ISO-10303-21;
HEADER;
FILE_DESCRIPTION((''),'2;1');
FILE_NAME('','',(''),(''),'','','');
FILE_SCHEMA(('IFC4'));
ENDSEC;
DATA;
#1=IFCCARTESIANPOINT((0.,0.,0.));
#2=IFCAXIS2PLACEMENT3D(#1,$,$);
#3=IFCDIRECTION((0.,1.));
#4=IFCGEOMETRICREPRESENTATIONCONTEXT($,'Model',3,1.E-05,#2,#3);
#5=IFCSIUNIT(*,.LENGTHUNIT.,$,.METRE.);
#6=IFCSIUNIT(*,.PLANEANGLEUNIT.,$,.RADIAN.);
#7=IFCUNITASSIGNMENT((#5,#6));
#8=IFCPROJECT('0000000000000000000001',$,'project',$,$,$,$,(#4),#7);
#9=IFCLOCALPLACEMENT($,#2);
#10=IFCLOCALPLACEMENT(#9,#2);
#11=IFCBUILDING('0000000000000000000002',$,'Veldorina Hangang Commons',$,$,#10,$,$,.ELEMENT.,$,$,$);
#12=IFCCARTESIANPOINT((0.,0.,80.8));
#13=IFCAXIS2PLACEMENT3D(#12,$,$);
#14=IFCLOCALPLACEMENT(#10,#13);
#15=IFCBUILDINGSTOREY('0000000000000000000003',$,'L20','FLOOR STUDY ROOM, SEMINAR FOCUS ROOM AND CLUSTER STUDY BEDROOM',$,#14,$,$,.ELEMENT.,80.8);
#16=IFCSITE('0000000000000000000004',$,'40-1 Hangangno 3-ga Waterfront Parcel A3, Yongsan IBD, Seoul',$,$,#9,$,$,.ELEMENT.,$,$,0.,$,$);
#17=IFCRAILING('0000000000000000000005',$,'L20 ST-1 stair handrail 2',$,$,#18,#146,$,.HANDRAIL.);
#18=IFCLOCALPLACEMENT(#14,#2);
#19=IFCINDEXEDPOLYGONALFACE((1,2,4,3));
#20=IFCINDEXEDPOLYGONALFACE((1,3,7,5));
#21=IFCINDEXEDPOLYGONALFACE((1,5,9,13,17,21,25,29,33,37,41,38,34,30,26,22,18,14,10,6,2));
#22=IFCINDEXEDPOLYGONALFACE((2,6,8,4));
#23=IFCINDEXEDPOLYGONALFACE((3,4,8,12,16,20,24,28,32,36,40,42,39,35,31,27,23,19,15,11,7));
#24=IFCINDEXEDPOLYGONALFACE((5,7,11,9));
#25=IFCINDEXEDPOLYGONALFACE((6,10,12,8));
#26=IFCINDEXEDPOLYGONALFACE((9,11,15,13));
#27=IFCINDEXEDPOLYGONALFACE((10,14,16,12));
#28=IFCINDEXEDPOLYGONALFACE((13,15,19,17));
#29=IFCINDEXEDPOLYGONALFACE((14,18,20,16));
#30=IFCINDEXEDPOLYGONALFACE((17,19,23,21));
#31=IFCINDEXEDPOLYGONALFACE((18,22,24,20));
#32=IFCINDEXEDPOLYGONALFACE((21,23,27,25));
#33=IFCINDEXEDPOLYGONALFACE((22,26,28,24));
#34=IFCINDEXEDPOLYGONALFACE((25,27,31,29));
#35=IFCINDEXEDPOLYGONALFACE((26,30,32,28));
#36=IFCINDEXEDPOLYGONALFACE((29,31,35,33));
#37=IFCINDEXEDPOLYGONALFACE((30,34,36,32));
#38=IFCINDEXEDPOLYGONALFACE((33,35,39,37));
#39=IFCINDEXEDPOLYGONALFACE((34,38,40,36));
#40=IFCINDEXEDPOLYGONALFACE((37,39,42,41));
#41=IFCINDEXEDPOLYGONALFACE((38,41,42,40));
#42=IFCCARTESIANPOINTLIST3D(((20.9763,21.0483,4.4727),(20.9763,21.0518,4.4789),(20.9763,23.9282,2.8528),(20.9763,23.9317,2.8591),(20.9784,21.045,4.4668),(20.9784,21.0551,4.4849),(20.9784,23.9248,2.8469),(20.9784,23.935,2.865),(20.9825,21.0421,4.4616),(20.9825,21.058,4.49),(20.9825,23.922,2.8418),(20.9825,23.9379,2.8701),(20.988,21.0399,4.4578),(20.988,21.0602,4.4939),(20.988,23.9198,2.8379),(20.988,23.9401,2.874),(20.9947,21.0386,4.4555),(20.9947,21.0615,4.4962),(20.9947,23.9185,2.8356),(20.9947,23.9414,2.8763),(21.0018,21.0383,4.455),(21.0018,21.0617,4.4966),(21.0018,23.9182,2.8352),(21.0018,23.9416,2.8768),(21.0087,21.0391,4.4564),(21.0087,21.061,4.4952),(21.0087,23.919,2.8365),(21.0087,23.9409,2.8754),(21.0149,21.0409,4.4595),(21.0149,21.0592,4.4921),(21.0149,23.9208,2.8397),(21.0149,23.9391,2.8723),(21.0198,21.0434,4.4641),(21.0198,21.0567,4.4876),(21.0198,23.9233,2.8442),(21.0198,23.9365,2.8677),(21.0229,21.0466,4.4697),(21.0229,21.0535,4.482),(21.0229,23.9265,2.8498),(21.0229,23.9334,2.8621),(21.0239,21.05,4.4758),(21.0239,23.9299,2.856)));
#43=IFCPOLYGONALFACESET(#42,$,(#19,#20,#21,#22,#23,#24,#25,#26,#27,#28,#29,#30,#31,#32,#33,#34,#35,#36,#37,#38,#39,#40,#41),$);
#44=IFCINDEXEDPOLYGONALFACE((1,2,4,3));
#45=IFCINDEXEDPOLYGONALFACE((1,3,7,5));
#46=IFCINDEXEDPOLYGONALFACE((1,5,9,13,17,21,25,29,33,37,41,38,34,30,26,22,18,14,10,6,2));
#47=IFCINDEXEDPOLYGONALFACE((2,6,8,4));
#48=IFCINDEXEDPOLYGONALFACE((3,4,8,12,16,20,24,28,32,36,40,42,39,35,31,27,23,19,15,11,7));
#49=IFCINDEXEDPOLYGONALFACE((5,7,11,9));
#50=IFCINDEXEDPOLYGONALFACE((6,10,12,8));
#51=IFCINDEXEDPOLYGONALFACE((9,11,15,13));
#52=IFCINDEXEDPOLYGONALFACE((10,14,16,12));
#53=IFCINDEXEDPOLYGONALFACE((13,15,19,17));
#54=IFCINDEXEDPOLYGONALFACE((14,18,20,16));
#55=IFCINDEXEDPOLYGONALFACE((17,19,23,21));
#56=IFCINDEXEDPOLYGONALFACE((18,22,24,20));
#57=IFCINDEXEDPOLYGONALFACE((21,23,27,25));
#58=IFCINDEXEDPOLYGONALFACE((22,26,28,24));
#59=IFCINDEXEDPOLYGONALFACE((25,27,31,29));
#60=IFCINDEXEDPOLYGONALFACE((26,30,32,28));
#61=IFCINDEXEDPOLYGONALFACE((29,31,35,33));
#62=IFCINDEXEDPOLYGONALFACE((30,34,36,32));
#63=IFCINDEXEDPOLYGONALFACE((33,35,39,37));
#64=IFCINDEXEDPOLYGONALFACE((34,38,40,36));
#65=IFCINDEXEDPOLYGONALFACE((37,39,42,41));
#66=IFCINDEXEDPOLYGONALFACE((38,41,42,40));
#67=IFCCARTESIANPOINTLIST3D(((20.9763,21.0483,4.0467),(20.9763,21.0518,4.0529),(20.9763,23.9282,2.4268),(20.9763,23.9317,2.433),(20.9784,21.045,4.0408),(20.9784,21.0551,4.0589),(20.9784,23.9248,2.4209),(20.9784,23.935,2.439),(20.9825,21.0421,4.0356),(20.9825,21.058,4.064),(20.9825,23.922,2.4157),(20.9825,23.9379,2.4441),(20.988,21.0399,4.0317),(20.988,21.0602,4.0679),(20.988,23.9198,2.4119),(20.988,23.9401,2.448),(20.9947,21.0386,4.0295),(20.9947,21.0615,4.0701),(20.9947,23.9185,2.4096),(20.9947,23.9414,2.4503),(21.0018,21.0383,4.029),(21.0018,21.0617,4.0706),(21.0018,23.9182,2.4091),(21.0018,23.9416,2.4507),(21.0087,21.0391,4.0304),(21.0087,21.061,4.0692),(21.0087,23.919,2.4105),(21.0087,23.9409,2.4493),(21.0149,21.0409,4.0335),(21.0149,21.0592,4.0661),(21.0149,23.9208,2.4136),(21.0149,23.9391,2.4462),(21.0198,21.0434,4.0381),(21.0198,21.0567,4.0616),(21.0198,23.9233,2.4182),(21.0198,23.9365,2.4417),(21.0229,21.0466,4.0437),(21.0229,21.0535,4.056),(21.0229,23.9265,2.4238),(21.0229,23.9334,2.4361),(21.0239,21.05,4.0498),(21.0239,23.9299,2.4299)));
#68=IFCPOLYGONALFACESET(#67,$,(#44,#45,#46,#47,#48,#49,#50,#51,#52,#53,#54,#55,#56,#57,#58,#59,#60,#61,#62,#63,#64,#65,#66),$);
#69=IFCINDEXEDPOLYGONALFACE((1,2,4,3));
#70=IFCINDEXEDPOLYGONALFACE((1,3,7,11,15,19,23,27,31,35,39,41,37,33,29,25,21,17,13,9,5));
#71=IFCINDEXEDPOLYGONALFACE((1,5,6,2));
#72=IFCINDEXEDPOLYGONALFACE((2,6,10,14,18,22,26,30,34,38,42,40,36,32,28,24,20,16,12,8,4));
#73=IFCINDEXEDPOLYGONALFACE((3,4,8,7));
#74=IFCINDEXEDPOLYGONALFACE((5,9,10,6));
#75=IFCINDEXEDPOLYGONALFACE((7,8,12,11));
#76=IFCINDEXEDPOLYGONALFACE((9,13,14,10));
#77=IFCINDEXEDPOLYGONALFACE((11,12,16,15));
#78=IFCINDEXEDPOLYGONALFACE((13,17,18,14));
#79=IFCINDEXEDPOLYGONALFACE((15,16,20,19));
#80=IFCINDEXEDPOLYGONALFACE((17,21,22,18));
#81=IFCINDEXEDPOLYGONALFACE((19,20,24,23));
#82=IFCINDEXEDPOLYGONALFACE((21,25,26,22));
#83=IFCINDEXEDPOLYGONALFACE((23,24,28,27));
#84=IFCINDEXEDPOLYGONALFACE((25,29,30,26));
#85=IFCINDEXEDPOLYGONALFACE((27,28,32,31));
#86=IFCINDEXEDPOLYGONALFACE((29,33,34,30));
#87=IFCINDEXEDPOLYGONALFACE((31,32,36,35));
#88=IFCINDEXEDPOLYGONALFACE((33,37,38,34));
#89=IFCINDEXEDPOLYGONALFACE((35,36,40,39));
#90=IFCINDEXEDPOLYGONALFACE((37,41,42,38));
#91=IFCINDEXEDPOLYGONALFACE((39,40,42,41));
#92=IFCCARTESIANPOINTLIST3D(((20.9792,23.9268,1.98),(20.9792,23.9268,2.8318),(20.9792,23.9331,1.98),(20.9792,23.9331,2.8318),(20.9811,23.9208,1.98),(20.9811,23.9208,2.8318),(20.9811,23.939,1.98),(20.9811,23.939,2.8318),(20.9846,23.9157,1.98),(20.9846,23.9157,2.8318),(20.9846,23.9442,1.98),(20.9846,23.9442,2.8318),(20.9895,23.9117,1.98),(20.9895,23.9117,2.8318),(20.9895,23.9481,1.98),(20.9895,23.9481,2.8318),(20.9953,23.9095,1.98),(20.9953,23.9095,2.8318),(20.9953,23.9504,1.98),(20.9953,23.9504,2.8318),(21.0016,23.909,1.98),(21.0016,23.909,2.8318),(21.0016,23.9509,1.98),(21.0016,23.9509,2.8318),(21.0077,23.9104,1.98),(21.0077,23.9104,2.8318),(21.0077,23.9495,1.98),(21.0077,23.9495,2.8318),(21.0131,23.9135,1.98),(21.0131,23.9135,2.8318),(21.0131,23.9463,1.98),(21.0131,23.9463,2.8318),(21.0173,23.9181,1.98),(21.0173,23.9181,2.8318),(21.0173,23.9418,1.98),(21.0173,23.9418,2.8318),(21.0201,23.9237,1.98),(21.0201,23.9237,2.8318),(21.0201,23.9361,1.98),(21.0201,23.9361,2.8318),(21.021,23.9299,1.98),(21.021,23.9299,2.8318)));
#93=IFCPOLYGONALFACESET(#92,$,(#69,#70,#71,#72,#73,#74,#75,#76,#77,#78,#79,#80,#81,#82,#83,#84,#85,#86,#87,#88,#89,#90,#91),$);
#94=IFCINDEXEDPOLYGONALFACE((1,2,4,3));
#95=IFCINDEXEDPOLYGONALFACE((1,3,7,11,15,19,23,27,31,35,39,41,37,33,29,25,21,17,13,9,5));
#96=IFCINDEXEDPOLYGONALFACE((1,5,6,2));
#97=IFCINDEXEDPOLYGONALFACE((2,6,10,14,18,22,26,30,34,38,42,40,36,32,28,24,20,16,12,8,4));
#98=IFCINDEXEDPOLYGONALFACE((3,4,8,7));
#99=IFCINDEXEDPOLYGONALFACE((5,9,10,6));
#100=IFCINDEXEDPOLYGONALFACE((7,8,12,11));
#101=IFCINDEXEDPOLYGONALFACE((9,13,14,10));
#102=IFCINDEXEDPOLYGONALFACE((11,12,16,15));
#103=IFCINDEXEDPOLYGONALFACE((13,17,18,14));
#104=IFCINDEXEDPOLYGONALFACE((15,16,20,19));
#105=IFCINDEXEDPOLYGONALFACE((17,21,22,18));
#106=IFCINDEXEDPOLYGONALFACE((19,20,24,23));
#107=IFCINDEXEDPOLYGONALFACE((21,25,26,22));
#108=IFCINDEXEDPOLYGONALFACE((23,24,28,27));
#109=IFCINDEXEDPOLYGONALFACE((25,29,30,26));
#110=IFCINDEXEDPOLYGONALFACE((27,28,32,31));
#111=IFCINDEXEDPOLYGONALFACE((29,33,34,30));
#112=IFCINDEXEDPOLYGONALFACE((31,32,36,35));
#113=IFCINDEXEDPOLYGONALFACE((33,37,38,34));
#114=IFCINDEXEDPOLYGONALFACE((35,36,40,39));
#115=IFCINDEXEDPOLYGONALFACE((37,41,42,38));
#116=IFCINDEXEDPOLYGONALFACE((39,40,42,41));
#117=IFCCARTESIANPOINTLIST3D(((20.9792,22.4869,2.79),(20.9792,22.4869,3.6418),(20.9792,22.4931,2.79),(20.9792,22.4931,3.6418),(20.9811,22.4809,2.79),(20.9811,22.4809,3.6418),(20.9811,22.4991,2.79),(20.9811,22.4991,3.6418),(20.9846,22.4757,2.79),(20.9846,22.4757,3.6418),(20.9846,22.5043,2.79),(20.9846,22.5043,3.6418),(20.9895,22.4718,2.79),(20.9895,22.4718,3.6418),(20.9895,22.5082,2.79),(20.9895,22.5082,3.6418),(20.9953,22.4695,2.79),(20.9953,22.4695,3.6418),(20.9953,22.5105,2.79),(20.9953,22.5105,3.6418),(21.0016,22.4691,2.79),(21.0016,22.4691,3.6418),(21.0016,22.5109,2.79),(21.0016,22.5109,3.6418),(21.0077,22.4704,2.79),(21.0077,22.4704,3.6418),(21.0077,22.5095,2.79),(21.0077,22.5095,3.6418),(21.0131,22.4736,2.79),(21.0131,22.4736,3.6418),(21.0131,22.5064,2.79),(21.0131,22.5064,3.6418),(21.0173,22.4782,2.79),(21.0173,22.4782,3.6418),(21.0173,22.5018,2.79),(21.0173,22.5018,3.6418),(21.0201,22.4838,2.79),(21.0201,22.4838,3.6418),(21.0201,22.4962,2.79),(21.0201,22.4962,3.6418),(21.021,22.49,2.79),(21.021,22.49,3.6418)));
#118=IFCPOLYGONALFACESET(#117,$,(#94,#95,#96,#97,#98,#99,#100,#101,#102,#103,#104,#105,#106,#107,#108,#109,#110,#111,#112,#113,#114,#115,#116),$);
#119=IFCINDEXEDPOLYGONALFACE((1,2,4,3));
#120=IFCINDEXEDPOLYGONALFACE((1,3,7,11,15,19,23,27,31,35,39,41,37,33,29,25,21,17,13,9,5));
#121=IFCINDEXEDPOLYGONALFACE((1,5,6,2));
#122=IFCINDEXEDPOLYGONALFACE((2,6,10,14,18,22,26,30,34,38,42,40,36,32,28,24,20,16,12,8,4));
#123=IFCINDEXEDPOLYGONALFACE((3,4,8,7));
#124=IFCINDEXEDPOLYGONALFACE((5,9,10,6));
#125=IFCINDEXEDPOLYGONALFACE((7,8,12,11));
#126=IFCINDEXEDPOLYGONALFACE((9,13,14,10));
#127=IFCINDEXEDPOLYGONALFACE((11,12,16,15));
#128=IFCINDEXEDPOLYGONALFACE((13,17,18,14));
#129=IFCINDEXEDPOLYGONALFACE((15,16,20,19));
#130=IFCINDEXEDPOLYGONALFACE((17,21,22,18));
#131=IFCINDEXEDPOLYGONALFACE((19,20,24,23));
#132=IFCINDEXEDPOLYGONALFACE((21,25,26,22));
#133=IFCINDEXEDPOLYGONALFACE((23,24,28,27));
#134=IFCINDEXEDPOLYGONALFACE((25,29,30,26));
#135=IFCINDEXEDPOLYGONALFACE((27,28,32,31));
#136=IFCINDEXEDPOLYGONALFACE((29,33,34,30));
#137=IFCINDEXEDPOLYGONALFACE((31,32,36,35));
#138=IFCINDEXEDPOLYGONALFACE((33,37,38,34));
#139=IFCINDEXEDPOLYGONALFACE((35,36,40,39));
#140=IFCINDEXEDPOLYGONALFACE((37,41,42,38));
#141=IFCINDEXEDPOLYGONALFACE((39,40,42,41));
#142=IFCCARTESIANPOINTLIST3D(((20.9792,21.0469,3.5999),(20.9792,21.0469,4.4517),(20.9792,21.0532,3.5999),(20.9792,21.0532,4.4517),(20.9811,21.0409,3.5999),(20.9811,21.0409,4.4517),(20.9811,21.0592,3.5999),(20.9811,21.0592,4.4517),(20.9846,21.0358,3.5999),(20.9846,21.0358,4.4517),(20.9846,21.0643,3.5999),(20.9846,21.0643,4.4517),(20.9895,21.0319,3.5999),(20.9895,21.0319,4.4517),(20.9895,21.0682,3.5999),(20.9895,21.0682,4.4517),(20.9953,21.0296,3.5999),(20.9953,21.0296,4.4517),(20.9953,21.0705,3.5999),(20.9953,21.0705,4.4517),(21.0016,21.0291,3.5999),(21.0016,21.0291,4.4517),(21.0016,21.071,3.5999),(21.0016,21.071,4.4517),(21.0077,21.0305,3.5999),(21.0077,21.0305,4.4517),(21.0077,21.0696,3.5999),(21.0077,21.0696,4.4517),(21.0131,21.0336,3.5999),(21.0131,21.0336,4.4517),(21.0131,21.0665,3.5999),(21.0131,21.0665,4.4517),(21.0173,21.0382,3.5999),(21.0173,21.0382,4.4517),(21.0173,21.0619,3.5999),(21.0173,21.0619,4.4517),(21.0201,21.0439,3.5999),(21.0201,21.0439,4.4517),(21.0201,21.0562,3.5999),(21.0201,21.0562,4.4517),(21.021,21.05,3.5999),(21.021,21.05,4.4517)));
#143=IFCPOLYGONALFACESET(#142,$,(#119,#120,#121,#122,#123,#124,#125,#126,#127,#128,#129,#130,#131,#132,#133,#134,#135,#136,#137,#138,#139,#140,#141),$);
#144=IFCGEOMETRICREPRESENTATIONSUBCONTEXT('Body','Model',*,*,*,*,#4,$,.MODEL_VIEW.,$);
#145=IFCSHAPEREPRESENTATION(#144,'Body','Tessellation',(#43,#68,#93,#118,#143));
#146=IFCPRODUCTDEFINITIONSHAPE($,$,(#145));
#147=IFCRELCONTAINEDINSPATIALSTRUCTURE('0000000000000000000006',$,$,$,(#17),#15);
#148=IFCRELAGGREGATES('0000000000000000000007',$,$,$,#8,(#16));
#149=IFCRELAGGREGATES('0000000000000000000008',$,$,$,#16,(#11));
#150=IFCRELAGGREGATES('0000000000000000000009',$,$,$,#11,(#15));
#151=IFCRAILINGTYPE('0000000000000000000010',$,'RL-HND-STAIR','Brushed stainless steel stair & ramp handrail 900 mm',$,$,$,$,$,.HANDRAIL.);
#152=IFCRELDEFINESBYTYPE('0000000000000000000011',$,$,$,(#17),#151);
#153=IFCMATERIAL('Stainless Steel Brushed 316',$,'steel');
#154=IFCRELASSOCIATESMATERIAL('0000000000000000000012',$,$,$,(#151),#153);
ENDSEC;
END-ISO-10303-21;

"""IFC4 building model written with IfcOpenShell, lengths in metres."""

from ifc_helpers import new_model, si_unit, direction, frame, origin, origin_2d, place, context, subcontext, project, spatial, circle, extrude, material, type_object, element, save


model = new_model("IFC4")

# Units and contexts
model_context = context("Model", 3, precision=1e-05, world=origin(), true_north=direction((0.0, 1.0)))
body_context = subcontext(model_context, "Body", "Model", "MODEL_VIEW")
ifc_project = project(units=[si_unit("LENGTHUNIT", "METRE"), si_unit("PLANEANGLEUNIT", "RADIAN")], contexts=[model_context])

# Site, building, storey
site_placement = place(None, origin())
site = spatial("IfcSite", under=ifc_project, at=site_placement, Name="40-1 Hangangno 3-ga Waterfront Parcel A3, Yongsan IBD, Seoul", CompositionType="ELEMENT", RefElevation=0.0)
building_placement = place(site_placement, origin())
building = spatial("IfcBuilding", under=site, at=building_placement, Name="Veldorina Hangang Commons", CompositionType="ELEMENT")
storey_placement = place(building_placement, frame((0.0, 0.0, 80.8)))
storey = spatial("IfcBuildingStorey", under=building, at=storey_placement, Name="L20", Description="FLOOR STUDY ROOM, SEMINAR FOCUS ROOM AND CLUSTER STUDY BEDROOM", CompositionType="ELEMENT", Elevation=80.8)

# Railing
ifc_material_1 = material(Name="Stainless Steel Brushed 316", Category="steel")
railing_type_1 = type_object("IfcRailingType", Name="RL-HND-STAIR", Description="Brushed stainless steel stair & ramp handrail 900 mm", PredefinedType="HANDRAIL", material=ifc_material_1)
railing_1_placement = place(storey_placement, frame((21.0, 23.9299, 1.98)))
element("IfcRailing", 1, at=railing_1_placement, inside=storey, type_object=railing_type_1, Name="L20 ST-1 stair handrail 2", PredefinedType="HANDRAIL", context=body_context, shape_type="SweptSolid", body=[
    extrude(circle(Radius=0.0239, at=origin_2d()), frame((0.0, 0.0, 0.876), z_axis=(0.0, -0.871583, 0.490247), x_axis=(1.0, 0.0, 0.0)), (0.0, 0.0, 1.0), 3.3042),
    extrude(circle(Radius=0.0239, at=origin_2d()), frame((0.0, 0.0, 0.45), z_axis=(0.0, -0.871583, 0.490247), x_axis=(1.0, 0.0, 0.0)), (0.0, 0.0, 1.0), 3.3042),
    extrude(circle(Radius=0.021, at=origin_2d()), origin(), (0.0, 0.0, 1.0), 0.8518),
    extrude(circle(Radius=0.021, at=origin_2d()), frame((0.0, -1.4399, 0.8101)), (0.0, 0.0, 1.0), 0.8518),
    extrude(circle(Radius=0.021, at=origin_2d()), frame((0.0, -2.8799, 1.6199)), (0.0, 0.0, 1.0), 0.8518),
])

save(model, "model.ifc")
